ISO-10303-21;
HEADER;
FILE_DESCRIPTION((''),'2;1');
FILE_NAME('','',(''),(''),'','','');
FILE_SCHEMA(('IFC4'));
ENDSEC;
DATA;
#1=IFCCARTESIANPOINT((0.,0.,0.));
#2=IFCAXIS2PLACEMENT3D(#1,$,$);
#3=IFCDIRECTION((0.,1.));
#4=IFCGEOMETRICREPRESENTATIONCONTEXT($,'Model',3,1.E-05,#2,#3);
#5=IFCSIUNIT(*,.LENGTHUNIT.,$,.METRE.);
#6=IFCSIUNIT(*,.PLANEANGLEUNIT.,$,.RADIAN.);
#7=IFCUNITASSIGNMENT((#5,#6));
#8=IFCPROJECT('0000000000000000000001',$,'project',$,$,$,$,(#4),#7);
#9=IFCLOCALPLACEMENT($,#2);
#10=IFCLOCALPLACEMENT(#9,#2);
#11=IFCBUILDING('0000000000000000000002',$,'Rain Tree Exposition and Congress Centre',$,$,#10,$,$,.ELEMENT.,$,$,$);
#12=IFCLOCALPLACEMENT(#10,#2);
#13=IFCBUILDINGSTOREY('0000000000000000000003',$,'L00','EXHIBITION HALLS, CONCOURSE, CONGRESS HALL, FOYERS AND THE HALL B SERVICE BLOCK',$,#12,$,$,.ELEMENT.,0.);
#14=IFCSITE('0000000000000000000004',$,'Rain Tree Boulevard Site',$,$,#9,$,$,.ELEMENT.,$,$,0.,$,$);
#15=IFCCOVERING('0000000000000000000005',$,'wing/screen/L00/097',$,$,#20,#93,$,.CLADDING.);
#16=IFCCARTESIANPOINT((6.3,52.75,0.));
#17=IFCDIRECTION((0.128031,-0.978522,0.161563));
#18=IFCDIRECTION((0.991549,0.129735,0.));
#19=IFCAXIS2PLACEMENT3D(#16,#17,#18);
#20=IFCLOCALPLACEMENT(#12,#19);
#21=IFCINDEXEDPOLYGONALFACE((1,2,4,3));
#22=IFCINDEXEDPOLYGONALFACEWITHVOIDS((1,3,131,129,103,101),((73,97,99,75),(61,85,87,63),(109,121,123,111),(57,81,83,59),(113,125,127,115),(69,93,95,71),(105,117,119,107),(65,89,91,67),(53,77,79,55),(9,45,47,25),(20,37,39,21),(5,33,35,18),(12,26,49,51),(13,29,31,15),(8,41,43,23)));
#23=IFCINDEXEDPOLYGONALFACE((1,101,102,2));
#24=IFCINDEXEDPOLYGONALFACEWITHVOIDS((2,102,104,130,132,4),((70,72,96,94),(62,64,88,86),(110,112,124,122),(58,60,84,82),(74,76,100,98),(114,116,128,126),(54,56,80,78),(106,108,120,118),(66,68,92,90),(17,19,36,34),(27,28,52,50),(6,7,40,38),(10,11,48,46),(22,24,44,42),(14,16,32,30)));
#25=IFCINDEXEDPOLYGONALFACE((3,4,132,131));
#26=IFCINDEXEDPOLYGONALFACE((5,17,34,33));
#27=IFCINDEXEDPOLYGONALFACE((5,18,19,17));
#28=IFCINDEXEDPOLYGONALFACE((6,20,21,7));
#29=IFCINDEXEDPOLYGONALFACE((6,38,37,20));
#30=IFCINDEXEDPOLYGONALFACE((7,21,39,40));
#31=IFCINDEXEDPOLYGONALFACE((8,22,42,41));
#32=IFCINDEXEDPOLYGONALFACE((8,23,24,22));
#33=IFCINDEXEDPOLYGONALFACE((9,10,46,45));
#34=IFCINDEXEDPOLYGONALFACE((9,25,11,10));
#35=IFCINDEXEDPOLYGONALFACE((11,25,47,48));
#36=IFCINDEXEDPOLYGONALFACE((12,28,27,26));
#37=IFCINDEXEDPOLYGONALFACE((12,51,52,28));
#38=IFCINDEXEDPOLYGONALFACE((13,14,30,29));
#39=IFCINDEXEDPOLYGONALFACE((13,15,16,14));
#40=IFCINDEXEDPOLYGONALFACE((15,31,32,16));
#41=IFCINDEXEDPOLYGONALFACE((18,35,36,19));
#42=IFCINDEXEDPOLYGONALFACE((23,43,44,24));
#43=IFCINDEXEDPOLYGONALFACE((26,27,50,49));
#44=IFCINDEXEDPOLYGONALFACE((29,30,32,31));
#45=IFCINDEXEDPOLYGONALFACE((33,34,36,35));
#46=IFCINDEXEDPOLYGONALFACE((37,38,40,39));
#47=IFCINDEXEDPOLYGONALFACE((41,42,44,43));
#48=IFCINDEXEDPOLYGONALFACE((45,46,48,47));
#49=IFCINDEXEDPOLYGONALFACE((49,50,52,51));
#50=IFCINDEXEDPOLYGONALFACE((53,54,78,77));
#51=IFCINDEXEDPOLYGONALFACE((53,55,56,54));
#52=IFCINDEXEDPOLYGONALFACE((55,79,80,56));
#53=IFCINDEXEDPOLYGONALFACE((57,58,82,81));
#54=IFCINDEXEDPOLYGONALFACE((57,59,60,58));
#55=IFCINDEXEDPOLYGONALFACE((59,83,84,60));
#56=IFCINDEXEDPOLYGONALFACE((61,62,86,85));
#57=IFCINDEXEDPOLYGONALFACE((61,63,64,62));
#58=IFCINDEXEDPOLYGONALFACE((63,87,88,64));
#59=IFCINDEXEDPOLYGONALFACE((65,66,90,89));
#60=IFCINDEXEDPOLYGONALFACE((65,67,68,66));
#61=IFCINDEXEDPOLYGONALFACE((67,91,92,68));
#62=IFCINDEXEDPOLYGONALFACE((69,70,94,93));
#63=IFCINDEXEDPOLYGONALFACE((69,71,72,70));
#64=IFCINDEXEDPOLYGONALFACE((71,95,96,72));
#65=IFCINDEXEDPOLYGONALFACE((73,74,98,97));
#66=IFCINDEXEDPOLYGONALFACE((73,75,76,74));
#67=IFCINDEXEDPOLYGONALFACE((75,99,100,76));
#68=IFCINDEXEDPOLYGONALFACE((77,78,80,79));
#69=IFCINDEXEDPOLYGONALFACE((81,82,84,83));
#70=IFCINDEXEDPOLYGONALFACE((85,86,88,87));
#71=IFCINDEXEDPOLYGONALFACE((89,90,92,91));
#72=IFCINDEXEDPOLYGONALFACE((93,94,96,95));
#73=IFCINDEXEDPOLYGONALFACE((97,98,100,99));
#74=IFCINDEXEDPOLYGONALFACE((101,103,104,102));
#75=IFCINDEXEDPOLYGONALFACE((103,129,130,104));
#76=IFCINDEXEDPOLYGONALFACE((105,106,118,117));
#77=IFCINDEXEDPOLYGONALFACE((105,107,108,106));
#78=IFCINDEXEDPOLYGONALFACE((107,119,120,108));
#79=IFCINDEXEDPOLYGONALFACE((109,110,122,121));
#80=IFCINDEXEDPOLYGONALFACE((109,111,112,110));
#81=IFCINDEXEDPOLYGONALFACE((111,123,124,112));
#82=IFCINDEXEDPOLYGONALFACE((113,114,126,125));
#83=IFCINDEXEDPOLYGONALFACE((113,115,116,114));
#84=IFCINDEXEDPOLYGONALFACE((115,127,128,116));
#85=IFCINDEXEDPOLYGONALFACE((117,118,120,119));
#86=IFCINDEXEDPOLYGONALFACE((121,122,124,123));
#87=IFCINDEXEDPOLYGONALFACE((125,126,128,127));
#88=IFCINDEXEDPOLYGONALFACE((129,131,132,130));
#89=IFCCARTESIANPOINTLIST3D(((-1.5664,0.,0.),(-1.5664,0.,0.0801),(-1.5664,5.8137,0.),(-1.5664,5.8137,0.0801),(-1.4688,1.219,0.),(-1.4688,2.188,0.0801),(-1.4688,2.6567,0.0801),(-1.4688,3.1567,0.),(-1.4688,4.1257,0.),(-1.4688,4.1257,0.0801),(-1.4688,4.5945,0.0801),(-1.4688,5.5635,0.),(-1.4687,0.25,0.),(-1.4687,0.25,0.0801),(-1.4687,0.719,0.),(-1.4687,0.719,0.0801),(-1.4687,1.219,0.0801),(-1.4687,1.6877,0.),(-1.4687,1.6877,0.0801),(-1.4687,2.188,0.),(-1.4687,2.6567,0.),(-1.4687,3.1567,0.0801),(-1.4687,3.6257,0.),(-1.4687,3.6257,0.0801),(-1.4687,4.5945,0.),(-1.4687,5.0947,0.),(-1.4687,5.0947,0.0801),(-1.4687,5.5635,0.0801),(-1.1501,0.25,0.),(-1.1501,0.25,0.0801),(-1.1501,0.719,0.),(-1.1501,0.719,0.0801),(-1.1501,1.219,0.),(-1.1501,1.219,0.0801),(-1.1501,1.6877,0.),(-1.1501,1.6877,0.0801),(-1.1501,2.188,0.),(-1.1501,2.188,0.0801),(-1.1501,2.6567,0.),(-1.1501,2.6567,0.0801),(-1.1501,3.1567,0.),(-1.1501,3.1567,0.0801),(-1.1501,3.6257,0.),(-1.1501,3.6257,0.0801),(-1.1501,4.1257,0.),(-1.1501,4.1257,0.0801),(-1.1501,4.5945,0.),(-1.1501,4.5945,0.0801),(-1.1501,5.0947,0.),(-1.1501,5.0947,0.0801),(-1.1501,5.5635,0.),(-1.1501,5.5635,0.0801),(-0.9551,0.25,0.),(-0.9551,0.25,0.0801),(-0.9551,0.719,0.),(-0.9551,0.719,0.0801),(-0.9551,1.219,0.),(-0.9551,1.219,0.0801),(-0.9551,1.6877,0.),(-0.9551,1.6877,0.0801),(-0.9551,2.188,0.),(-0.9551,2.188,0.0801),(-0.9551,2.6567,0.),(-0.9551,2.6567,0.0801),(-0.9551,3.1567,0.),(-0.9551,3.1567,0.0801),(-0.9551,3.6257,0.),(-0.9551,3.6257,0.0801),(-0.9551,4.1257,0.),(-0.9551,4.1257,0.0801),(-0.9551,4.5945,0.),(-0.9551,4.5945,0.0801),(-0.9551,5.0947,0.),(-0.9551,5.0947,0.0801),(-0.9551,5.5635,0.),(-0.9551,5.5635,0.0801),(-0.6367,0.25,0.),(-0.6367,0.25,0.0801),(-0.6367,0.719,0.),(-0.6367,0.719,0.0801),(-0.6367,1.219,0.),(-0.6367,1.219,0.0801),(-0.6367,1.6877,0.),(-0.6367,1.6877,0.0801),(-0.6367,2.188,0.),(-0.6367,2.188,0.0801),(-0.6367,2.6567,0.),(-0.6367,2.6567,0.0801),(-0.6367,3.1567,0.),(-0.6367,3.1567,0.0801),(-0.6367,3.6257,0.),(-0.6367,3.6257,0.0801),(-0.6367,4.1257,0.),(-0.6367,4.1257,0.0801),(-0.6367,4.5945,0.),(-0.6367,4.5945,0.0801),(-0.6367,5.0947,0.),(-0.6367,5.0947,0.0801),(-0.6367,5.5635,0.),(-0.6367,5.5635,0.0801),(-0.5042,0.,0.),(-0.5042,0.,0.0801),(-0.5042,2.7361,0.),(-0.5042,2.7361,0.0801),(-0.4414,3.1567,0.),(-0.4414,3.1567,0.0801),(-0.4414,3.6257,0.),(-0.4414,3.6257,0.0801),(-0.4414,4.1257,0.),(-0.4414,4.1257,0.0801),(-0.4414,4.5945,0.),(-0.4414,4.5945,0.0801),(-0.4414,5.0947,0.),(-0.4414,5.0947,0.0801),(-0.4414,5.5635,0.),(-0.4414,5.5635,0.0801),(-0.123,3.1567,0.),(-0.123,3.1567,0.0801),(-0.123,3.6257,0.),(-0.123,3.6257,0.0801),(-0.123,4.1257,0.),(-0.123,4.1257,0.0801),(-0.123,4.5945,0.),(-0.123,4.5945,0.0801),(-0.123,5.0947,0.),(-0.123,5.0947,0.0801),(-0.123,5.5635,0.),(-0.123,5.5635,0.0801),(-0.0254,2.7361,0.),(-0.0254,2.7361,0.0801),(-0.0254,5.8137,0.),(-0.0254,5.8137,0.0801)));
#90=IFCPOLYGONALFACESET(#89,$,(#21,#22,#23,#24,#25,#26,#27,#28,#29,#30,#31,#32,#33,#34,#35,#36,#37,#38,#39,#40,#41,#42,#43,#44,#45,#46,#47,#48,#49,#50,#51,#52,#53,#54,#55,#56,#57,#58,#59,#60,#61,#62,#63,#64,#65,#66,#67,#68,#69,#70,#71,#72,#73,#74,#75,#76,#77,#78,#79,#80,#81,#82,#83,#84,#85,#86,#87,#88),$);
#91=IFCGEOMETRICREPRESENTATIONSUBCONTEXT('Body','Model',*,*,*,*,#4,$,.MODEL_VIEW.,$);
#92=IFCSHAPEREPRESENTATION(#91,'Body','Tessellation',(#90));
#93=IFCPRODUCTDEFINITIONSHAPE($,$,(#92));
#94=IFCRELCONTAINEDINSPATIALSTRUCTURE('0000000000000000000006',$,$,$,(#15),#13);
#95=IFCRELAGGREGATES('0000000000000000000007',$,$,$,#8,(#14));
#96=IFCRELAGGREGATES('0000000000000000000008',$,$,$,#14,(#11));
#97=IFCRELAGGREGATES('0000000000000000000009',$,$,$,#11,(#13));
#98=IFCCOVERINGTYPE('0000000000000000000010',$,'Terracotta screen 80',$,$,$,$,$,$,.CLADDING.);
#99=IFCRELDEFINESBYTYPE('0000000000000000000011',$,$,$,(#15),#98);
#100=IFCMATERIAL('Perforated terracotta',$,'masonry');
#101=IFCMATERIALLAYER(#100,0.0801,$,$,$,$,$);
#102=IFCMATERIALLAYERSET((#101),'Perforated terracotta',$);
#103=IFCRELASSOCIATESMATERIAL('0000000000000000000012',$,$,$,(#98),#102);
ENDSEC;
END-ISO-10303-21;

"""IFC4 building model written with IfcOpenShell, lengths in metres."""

from ifc_helpers import new_model, si_unit, direction, frame, origin, place, context, subcontext, project, spatial, polyline, outline, extrude, material, layer, layer_set, type_object, element, save


model = new_model("IFC4")

# Units and contexts
model_context = context("Model", 3, precision=1e-05, world=origin(), true_north=direction((0.0, 1.0)))
body_context = subcontext(model_context, "Body", "Model", "MODEL_VIEW")
ifc_project = project(units=[si_unit("LENGTHUNIT", "METRE"), si_unit("PLANEANGLEUNIT", "RADIAN")], contexts=[model_context])

# Site, building, storey
site_placement = place(None, origin())
site = spatial("IfcSite", under=ifc_project, at=site_placement, Name="Rain Tree Boulevard Site", CompositionType="ELEMENT", RefElevation=0.0)
building_placement = place(site_placement, origin())
building = spatial("IfcBuilding", under=site, at=building_placement, Name="Rain Tree Exposition and Congress Centre", CompositionType="ELEMENT")
storey_placement = place(building_placement, origin())
storey = spatial("IfcBuildingStorey", under=building, at=storey_placement, Name="L00", Description="EXHIBITION HALLS, CONCOURSE, CONGRESS HALL, FOYERS AND THE HALL B SERVICE BLOCK", CompositionType="ELEMENT", Elevation=0.0)

# Covering
ifc_material_1 = material(Name="Perforated terracotta", Category="masonry")
ifc_layer = layer(ifc_material_1, 0.0801)
ifc_layer_set = layer_set([ifc_layer], Name="Perforated terracotta")
covering_type = type_object("IfcCoveringType", Name="Terracotta screen 80", PredefinedType="CLADDING", material=ifc_layer_set)
covering_1_placement = place(storey_placement, frame((6.3, 52.75, 0.0), z_axis=(0.128031, -0.978522, 0.161563), x_axis=(0.991549, 0.129735, 0.0)))
element("IfcCovering", 1, at=covering_1_placement, inside=storey, type_object=covering_type, Name="wing/screen/L00/097", PredefinedType="CLADDING", context=body_context, shape_type="SweptSolid", body=[
    extrude(outline(polyline([(-1.5664, 5.8137), (-0.0254, 5.8137), (-0.0254, 2.7361), (-0.5042, 2.7361), (-0.5042, 0.0), (-1.5664, 0.0), (-1.5664, 5.8137)]), holes=[polyline([(-0.123, 3.1567), (-0.123, 3.6257), (-0.4414, 3.6257), (-0.4414, 3.1567), (-0.123, 3.1567)]), polyline([(-0.123, 4.1257), (-0.123, 4.5945), (-0.4414, 4.5945), (-0.4414, 4.1257), (-0.123, 4.1257)]), polyline([(-0.123, 5.0947), (-0.123, 5.5635), (-0.4414, 5.5635), (-0.4414, 5.0947), (-0.123, 5.0947)]), polyline([(-0.6367, 0.25), (-0.6367, 0.719), (-0.9551, 0.719), (-0.9551, 0.25), (-0.6367, 0.25)]), polyline([(-0.6367, 1.219), (-0.6367, 1.6877), (-0.9551, 1.6877), (-0.9551, 1.219), (-0.6367, 1.219)]), polyline([(-0.6367, 2.188), (-0.6367, 2.6567), (-0.9551, 2.6567), (-0.9551, 2.188), (-0.6367, 2.188)]), polyline([(-0.6367, 3.1567), (-0.6367, 3.6257), (-0.9551, 3.6257), (-0.9551, 3.1567), (-0.6367, 3.1567)]), polyline([(-0.6367, 4.1257), (-0.6367, 4.5945), (-0.9551, 4.5945), (-0.9551, 4.1257), (-0.6367, 4.1257)]), polyline([(-0.6367, 5.0947), (-0.6367, 5.5635), (-0.9551, 5.5635), (-0.9551, 5.0947), (-0.6367, 5.0947)]), polyline([(-1.1501, 0.25), (-1.1501, 0.719), (-1.4688, 0.719), (-1.4688, 0.25), (-1.1501, 0.25)]), polyline([(-1.1501, 1.219), (-1.1501, 1.6877), (-1.4688, 1.6877), (-1.4688, 1.219), (-1.1501, 1.219)]), polyline([(-1.1501, 2.188), (-1.1501, 2.6567), (-1.4688, 2.6567), (-1.4688, 2.188), (-1.1501, 2.188)]), polyline([(-1.1501, 3.1567), (-1.1501, 3.6257), (-1.4688, 3.6257), (-1.4688, 3.1567), (-1.1501, 3.1567)]), polyline([(-1.1501, 4.1257), (-1.1501, 4.5945), (-1.4688, 4.5945), (-1.4688, 4.1257), (-1.1501, 4.1257)]), polyline([(-1.1501, 5.0947), (-1.1501, 5.5635), (-1.4688, 5.5635), (-1.4688, 5.0947), (-1.1501, 5.0947)])]), origin(), (0.0, 0.0, 1.0), 0.0801),
])

save(model, "model.ifc")
